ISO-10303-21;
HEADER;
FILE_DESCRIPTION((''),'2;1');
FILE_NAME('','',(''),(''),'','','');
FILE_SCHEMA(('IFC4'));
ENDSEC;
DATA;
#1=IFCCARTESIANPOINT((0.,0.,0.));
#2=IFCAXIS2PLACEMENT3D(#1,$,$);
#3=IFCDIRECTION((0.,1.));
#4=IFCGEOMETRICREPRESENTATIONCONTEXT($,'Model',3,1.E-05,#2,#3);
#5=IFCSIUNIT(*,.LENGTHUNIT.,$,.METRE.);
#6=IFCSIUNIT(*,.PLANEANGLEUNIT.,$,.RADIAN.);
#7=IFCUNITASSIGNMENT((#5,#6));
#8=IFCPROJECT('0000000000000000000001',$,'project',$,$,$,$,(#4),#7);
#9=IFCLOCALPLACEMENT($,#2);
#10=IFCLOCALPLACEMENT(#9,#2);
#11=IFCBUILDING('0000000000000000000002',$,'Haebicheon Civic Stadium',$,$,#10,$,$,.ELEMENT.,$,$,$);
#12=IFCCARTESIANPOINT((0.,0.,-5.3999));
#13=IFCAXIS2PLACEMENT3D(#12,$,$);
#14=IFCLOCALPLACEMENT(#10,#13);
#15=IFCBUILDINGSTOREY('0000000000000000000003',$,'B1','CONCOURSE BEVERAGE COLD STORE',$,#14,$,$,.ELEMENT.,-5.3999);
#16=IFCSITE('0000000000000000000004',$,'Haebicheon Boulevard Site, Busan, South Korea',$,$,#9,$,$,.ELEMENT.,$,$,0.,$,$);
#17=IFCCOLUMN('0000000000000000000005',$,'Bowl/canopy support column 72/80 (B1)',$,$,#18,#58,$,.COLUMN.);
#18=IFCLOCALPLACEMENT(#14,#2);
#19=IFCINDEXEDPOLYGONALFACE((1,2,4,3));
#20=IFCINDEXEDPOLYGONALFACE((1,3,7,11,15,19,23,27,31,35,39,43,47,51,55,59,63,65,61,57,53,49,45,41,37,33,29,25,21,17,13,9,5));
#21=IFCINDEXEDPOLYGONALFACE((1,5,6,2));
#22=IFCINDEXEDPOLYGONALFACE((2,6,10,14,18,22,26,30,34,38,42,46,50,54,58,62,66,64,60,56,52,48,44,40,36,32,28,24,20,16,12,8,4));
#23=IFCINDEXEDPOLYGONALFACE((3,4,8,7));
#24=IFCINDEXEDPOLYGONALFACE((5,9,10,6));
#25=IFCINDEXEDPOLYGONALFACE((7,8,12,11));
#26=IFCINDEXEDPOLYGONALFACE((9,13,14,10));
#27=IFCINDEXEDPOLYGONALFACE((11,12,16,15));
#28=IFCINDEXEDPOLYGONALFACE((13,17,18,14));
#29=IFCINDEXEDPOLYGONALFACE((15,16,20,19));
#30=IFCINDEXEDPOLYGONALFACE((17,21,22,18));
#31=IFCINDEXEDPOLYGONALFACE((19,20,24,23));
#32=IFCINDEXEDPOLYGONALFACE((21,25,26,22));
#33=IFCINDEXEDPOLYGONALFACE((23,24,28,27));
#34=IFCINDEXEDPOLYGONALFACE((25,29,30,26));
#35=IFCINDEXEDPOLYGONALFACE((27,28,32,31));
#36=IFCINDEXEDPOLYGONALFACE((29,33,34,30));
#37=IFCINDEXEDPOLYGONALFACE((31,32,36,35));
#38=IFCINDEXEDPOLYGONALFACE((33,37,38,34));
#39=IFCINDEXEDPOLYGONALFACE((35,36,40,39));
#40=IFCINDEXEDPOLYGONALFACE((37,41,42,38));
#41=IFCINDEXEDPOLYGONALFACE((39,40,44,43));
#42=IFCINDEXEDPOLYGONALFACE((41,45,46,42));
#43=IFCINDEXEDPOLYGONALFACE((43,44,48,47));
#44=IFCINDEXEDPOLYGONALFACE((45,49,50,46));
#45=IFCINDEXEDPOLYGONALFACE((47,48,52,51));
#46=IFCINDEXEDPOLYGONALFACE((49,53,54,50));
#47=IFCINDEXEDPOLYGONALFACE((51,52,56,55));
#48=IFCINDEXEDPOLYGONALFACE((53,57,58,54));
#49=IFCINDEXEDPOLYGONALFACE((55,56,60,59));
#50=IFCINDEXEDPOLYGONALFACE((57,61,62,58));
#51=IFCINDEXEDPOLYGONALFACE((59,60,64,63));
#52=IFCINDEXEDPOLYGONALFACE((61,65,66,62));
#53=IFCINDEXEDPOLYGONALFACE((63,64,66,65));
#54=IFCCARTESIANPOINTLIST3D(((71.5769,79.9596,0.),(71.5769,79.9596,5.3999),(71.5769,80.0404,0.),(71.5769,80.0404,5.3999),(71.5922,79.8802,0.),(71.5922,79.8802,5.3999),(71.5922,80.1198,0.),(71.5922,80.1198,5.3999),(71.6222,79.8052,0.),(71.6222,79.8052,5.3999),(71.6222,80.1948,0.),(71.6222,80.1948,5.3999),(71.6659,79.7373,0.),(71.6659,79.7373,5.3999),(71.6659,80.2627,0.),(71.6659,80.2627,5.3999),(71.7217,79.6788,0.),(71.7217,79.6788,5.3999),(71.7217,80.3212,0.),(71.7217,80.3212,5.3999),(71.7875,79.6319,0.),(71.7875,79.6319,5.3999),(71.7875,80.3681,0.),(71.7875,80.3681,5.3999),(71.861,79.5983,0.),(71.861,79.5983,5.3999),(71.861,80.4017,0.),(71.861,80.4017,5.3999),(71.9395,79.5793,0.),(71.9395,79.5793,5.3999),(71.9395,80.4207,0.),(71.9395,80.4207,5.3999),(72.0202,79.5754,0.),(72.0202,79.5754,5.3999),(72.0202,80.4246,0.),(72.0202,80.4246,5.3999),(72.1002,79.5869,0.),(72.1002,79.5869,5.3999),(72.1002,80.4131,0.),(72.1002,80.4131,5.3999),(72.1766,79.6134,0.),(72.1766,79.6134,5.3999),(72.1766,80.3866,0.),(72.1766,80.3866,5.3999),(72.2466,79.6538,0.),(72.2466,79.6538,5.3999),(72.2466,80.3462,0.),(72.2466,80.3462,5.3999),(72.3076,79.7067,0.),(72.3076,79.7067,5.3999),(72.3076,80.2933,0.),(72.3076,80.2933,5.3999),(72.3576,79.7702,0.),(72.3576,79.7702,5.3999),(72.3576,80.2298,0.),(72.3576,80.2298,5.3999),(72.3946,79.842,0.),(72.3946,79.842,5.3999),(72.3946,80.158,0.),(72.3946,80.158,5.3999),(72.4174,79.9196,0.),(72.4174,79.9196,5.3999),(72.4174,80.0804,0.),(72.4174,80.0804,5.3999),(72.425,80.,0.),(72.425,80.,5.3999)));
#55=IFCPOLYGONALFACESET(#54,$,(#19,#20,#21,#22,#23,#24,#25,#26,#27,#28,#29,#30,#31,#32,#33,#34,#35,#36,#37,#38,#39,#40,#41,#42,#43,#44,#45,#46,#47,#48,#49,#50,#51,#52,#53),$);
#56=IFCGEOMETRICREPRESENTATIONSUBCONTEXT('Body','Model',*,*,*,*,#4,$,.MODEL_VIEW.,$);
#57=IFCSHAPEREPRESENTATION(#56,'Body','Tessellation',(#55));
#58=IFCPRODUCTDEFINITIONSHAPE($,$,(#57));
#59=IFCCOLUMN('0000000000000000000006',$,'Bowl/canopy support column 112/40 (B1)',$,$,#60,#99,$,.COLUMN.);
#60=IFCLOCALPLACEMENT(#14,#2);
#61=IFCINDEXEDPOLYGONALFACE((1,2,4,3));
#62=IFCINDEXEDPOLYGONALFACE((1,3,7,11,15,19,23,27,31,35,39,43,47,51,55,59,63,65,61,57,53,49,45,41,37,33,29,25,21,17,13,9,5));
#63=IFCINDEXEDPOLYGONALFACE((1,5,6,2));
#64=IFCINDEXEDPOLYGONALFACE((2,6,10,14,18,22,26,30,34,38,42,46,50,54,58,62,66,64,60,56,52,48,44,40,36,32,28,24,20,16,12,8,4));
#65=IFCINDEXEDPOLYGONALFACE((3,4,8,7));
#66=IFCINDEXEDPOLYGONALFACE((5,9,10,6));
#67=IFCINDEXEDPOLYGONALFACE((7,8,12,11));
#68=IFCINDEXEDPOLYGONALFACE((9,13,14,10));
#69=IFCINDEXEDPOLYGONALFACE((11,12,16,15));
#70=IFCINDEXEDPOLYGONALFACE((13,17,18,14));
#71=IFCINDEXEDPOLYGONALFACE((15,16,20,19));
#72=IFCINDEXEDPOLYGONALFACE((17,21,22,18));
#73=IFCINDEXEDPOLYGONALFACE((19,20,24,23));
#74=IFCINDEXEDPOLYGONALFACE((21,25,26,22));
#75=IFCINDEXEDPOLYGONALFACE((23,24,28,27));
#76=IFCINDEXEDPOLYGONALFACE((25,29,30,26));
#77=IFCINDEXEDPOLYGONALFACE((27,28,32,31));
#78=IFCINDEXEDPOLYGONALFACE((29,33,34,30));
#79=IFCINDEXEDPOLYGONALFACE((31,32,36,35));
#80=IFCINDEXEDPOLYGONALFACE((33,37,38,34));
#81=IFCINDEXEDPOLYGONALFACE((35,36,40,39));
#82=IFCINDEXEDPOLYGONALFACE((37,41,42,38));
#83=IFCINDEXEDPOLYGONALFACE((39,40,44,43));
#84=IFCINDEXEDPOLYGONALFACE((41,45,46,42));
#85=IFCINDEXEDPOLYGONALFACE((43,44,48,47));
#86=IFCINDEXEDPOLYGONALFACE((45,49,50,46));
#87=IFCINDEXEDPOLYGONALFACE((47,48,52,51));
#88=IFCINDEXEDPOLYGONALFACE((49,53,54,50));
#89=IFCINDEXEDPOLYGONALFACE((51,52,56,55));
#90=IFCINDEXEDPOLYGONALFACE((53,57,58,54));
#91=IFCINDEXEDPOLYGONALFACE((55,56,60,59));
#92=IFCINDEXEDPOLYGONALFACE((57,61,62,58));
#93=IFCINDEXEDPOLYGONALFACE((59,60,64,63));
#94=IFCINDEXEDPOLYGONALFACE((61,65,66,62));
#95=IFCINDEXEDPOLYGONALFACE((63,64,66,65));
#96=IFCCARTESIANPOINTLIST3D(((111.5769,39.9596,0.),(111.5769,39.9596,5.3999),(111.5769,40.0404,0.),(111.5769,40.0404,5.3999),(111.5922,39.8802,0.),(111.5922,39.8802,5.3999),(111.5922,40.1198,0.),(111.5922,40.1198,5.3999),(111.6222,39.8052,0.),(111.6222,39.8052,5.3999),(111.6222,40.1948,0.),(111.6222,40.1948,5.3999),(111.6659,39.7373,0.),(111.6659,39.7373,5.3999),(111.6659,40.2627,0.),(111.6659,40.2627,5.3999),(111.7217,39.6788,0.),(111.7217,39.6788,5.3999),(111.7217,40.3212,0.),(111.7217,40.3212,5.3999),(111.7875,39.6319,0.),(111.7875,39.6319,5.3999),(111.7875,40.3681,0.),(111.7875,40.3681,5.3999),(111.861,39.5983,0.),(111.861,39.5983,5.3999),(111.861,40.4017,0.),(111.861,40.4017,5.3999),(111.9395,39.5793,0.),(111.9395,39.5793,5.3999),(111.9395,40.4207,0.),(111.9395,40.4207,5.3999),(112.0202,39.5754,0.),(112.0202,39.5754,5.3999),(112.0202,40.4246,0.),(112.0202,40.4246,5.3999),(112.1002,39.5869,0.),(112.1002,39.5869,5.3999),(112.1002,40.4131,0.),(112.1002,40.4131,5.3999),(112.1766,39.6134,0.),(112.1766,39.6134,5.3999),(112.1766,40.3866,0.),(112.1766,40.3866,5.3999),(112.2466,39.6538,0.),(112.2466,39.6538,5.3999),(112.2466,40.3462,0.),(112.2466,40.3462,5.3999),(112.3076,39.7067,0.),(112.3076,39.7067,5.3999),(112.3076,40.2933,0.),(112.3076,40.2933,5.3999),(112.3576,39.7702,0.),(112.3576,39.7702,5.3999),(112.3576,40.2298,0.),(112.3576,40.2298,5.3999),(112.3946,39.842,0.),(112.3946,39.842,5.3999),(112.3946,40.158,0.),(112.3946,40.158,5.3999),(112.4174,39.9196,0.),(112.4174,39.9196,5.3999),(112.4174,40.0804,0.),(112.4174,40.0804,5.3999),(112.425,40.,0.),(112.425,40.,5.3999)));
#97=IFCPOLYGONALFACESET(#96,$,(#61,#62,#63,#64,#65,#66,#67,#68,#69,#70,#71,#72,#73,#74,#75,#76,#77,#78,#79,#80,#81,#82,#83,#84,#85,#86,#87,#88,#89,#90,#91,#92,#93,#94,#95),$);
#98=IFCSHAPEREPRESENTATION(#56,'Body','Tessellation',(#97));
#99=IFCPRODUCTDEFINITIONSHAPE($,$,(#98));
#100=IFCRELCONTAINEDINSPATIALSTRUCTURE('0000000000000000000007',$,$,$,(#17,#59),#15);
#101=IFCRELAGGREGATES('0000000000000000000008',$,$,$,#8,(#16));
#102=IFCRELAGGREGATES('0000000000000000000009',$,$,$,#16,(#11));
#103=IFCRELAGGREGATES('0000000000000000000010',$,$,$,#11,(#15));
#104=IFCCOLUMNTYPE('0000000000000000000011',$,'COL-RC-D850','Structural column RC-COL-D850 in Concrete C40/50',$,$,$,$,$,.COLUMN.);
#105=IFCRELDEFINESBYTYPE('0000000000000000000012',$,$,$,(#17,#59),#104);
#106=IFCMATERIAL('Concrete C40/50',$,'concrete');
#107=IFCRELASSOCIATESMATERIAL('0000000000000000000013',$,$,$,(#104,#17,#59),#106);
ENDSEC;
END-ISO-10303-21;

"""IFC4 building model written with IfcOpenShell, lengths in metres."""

from ifc_helpers import new_model, si_unit, direction, frame, origin, origin_2d, place, context, subcontext, project, spatial, circle, extrude, material, material_profile, profile_set, type_object, element, save


model = new_model("IFC4")

# Units and contexts
model_context = context("Model", 3, precision=1e-05, world=origin(), true_north=direction((0.0, 1.0)))
body_context = subcontext(model_context, "Body", "Model", "MODEL_VIEW")
ifc_project = project(units=[si_unit("LENGTHUNIT", "METRE"), si_unit("PLANEANGLEUNIT", "RADIAN")], contexts=[model_context])

# Site, building, storey
site_placement = place(None, origin())
site = spatial("IfcSite", under=ifc_project, at=site_placement, Name="Haebicheon Boulevard Site, Busan, South Korea", CompositionType="ELEMENT", RefElevation=0.0)
building_placement = place(site_placement, origin())
building = spatial("IfcBuilding", under=site, at=building_placement, Name="Haebicheon Civic Stadium", CompositionType="ELEMENT")
storey_placement = place(building_placement, frame((0.0, 0.0, -5.3999)))
storey = spatial("IfcBuildingStorey", under=building, at=storey_placement, Name="B1", Description="CONCOURSE BEVERAGE COLD STORE", CompositionType="ELEMENT", Elevation=-5.3999)

# Columns
ifc_material_1 = material(Name="Concrete C40/50", Category="concrete")
ifc_material_profile_1 = material_profile(ifc_material_1, circle(Radius=0.425, at=origin_2d()), Name="RC-COL-D850")
ifc_profile_set_1 = profile_set([ifc_material_profile_1], Name="Concrete C40/50")
column_type = type_object("IfcColumnType", Name="COL-RC-D850", Description="Structural column RC-COL-D850 in Concrete C40/50", PredefinedType="COLUMN", material=ifc_profile_set_1)
for number, where, z_axis, x_axis, name in (
    (1, (72.0, 80.0, 0.0), (0.0, 0.0, 1.0), (1.0, 0.0, 0.0), "Bowl/canopy support column 72/80 (B1)"),
    (2, (112.0, 40.0, 0.0), (0.0, 0.0, 1.0), (1.0, 0.0, 0.0), "Bowl/canopy support column 112/40 (B1)"),
):
    element("IfcColumn", number, at=place(storey_placement, frame(where, z_axis=z_axis, x_axis=x_axis)), inside=storey, type_object=column_type, material=ifc_profile_set_1, Name=name, PredefinedType="COLUMN", context=body_context, shape_type="SweptSolid", body=[
        extrude(circle(Radius=0.425, at=origin_2d()), origin(), (0.0, 0.0, 1.0), 5.3999),
    ])

save(model, "model.ifc")
